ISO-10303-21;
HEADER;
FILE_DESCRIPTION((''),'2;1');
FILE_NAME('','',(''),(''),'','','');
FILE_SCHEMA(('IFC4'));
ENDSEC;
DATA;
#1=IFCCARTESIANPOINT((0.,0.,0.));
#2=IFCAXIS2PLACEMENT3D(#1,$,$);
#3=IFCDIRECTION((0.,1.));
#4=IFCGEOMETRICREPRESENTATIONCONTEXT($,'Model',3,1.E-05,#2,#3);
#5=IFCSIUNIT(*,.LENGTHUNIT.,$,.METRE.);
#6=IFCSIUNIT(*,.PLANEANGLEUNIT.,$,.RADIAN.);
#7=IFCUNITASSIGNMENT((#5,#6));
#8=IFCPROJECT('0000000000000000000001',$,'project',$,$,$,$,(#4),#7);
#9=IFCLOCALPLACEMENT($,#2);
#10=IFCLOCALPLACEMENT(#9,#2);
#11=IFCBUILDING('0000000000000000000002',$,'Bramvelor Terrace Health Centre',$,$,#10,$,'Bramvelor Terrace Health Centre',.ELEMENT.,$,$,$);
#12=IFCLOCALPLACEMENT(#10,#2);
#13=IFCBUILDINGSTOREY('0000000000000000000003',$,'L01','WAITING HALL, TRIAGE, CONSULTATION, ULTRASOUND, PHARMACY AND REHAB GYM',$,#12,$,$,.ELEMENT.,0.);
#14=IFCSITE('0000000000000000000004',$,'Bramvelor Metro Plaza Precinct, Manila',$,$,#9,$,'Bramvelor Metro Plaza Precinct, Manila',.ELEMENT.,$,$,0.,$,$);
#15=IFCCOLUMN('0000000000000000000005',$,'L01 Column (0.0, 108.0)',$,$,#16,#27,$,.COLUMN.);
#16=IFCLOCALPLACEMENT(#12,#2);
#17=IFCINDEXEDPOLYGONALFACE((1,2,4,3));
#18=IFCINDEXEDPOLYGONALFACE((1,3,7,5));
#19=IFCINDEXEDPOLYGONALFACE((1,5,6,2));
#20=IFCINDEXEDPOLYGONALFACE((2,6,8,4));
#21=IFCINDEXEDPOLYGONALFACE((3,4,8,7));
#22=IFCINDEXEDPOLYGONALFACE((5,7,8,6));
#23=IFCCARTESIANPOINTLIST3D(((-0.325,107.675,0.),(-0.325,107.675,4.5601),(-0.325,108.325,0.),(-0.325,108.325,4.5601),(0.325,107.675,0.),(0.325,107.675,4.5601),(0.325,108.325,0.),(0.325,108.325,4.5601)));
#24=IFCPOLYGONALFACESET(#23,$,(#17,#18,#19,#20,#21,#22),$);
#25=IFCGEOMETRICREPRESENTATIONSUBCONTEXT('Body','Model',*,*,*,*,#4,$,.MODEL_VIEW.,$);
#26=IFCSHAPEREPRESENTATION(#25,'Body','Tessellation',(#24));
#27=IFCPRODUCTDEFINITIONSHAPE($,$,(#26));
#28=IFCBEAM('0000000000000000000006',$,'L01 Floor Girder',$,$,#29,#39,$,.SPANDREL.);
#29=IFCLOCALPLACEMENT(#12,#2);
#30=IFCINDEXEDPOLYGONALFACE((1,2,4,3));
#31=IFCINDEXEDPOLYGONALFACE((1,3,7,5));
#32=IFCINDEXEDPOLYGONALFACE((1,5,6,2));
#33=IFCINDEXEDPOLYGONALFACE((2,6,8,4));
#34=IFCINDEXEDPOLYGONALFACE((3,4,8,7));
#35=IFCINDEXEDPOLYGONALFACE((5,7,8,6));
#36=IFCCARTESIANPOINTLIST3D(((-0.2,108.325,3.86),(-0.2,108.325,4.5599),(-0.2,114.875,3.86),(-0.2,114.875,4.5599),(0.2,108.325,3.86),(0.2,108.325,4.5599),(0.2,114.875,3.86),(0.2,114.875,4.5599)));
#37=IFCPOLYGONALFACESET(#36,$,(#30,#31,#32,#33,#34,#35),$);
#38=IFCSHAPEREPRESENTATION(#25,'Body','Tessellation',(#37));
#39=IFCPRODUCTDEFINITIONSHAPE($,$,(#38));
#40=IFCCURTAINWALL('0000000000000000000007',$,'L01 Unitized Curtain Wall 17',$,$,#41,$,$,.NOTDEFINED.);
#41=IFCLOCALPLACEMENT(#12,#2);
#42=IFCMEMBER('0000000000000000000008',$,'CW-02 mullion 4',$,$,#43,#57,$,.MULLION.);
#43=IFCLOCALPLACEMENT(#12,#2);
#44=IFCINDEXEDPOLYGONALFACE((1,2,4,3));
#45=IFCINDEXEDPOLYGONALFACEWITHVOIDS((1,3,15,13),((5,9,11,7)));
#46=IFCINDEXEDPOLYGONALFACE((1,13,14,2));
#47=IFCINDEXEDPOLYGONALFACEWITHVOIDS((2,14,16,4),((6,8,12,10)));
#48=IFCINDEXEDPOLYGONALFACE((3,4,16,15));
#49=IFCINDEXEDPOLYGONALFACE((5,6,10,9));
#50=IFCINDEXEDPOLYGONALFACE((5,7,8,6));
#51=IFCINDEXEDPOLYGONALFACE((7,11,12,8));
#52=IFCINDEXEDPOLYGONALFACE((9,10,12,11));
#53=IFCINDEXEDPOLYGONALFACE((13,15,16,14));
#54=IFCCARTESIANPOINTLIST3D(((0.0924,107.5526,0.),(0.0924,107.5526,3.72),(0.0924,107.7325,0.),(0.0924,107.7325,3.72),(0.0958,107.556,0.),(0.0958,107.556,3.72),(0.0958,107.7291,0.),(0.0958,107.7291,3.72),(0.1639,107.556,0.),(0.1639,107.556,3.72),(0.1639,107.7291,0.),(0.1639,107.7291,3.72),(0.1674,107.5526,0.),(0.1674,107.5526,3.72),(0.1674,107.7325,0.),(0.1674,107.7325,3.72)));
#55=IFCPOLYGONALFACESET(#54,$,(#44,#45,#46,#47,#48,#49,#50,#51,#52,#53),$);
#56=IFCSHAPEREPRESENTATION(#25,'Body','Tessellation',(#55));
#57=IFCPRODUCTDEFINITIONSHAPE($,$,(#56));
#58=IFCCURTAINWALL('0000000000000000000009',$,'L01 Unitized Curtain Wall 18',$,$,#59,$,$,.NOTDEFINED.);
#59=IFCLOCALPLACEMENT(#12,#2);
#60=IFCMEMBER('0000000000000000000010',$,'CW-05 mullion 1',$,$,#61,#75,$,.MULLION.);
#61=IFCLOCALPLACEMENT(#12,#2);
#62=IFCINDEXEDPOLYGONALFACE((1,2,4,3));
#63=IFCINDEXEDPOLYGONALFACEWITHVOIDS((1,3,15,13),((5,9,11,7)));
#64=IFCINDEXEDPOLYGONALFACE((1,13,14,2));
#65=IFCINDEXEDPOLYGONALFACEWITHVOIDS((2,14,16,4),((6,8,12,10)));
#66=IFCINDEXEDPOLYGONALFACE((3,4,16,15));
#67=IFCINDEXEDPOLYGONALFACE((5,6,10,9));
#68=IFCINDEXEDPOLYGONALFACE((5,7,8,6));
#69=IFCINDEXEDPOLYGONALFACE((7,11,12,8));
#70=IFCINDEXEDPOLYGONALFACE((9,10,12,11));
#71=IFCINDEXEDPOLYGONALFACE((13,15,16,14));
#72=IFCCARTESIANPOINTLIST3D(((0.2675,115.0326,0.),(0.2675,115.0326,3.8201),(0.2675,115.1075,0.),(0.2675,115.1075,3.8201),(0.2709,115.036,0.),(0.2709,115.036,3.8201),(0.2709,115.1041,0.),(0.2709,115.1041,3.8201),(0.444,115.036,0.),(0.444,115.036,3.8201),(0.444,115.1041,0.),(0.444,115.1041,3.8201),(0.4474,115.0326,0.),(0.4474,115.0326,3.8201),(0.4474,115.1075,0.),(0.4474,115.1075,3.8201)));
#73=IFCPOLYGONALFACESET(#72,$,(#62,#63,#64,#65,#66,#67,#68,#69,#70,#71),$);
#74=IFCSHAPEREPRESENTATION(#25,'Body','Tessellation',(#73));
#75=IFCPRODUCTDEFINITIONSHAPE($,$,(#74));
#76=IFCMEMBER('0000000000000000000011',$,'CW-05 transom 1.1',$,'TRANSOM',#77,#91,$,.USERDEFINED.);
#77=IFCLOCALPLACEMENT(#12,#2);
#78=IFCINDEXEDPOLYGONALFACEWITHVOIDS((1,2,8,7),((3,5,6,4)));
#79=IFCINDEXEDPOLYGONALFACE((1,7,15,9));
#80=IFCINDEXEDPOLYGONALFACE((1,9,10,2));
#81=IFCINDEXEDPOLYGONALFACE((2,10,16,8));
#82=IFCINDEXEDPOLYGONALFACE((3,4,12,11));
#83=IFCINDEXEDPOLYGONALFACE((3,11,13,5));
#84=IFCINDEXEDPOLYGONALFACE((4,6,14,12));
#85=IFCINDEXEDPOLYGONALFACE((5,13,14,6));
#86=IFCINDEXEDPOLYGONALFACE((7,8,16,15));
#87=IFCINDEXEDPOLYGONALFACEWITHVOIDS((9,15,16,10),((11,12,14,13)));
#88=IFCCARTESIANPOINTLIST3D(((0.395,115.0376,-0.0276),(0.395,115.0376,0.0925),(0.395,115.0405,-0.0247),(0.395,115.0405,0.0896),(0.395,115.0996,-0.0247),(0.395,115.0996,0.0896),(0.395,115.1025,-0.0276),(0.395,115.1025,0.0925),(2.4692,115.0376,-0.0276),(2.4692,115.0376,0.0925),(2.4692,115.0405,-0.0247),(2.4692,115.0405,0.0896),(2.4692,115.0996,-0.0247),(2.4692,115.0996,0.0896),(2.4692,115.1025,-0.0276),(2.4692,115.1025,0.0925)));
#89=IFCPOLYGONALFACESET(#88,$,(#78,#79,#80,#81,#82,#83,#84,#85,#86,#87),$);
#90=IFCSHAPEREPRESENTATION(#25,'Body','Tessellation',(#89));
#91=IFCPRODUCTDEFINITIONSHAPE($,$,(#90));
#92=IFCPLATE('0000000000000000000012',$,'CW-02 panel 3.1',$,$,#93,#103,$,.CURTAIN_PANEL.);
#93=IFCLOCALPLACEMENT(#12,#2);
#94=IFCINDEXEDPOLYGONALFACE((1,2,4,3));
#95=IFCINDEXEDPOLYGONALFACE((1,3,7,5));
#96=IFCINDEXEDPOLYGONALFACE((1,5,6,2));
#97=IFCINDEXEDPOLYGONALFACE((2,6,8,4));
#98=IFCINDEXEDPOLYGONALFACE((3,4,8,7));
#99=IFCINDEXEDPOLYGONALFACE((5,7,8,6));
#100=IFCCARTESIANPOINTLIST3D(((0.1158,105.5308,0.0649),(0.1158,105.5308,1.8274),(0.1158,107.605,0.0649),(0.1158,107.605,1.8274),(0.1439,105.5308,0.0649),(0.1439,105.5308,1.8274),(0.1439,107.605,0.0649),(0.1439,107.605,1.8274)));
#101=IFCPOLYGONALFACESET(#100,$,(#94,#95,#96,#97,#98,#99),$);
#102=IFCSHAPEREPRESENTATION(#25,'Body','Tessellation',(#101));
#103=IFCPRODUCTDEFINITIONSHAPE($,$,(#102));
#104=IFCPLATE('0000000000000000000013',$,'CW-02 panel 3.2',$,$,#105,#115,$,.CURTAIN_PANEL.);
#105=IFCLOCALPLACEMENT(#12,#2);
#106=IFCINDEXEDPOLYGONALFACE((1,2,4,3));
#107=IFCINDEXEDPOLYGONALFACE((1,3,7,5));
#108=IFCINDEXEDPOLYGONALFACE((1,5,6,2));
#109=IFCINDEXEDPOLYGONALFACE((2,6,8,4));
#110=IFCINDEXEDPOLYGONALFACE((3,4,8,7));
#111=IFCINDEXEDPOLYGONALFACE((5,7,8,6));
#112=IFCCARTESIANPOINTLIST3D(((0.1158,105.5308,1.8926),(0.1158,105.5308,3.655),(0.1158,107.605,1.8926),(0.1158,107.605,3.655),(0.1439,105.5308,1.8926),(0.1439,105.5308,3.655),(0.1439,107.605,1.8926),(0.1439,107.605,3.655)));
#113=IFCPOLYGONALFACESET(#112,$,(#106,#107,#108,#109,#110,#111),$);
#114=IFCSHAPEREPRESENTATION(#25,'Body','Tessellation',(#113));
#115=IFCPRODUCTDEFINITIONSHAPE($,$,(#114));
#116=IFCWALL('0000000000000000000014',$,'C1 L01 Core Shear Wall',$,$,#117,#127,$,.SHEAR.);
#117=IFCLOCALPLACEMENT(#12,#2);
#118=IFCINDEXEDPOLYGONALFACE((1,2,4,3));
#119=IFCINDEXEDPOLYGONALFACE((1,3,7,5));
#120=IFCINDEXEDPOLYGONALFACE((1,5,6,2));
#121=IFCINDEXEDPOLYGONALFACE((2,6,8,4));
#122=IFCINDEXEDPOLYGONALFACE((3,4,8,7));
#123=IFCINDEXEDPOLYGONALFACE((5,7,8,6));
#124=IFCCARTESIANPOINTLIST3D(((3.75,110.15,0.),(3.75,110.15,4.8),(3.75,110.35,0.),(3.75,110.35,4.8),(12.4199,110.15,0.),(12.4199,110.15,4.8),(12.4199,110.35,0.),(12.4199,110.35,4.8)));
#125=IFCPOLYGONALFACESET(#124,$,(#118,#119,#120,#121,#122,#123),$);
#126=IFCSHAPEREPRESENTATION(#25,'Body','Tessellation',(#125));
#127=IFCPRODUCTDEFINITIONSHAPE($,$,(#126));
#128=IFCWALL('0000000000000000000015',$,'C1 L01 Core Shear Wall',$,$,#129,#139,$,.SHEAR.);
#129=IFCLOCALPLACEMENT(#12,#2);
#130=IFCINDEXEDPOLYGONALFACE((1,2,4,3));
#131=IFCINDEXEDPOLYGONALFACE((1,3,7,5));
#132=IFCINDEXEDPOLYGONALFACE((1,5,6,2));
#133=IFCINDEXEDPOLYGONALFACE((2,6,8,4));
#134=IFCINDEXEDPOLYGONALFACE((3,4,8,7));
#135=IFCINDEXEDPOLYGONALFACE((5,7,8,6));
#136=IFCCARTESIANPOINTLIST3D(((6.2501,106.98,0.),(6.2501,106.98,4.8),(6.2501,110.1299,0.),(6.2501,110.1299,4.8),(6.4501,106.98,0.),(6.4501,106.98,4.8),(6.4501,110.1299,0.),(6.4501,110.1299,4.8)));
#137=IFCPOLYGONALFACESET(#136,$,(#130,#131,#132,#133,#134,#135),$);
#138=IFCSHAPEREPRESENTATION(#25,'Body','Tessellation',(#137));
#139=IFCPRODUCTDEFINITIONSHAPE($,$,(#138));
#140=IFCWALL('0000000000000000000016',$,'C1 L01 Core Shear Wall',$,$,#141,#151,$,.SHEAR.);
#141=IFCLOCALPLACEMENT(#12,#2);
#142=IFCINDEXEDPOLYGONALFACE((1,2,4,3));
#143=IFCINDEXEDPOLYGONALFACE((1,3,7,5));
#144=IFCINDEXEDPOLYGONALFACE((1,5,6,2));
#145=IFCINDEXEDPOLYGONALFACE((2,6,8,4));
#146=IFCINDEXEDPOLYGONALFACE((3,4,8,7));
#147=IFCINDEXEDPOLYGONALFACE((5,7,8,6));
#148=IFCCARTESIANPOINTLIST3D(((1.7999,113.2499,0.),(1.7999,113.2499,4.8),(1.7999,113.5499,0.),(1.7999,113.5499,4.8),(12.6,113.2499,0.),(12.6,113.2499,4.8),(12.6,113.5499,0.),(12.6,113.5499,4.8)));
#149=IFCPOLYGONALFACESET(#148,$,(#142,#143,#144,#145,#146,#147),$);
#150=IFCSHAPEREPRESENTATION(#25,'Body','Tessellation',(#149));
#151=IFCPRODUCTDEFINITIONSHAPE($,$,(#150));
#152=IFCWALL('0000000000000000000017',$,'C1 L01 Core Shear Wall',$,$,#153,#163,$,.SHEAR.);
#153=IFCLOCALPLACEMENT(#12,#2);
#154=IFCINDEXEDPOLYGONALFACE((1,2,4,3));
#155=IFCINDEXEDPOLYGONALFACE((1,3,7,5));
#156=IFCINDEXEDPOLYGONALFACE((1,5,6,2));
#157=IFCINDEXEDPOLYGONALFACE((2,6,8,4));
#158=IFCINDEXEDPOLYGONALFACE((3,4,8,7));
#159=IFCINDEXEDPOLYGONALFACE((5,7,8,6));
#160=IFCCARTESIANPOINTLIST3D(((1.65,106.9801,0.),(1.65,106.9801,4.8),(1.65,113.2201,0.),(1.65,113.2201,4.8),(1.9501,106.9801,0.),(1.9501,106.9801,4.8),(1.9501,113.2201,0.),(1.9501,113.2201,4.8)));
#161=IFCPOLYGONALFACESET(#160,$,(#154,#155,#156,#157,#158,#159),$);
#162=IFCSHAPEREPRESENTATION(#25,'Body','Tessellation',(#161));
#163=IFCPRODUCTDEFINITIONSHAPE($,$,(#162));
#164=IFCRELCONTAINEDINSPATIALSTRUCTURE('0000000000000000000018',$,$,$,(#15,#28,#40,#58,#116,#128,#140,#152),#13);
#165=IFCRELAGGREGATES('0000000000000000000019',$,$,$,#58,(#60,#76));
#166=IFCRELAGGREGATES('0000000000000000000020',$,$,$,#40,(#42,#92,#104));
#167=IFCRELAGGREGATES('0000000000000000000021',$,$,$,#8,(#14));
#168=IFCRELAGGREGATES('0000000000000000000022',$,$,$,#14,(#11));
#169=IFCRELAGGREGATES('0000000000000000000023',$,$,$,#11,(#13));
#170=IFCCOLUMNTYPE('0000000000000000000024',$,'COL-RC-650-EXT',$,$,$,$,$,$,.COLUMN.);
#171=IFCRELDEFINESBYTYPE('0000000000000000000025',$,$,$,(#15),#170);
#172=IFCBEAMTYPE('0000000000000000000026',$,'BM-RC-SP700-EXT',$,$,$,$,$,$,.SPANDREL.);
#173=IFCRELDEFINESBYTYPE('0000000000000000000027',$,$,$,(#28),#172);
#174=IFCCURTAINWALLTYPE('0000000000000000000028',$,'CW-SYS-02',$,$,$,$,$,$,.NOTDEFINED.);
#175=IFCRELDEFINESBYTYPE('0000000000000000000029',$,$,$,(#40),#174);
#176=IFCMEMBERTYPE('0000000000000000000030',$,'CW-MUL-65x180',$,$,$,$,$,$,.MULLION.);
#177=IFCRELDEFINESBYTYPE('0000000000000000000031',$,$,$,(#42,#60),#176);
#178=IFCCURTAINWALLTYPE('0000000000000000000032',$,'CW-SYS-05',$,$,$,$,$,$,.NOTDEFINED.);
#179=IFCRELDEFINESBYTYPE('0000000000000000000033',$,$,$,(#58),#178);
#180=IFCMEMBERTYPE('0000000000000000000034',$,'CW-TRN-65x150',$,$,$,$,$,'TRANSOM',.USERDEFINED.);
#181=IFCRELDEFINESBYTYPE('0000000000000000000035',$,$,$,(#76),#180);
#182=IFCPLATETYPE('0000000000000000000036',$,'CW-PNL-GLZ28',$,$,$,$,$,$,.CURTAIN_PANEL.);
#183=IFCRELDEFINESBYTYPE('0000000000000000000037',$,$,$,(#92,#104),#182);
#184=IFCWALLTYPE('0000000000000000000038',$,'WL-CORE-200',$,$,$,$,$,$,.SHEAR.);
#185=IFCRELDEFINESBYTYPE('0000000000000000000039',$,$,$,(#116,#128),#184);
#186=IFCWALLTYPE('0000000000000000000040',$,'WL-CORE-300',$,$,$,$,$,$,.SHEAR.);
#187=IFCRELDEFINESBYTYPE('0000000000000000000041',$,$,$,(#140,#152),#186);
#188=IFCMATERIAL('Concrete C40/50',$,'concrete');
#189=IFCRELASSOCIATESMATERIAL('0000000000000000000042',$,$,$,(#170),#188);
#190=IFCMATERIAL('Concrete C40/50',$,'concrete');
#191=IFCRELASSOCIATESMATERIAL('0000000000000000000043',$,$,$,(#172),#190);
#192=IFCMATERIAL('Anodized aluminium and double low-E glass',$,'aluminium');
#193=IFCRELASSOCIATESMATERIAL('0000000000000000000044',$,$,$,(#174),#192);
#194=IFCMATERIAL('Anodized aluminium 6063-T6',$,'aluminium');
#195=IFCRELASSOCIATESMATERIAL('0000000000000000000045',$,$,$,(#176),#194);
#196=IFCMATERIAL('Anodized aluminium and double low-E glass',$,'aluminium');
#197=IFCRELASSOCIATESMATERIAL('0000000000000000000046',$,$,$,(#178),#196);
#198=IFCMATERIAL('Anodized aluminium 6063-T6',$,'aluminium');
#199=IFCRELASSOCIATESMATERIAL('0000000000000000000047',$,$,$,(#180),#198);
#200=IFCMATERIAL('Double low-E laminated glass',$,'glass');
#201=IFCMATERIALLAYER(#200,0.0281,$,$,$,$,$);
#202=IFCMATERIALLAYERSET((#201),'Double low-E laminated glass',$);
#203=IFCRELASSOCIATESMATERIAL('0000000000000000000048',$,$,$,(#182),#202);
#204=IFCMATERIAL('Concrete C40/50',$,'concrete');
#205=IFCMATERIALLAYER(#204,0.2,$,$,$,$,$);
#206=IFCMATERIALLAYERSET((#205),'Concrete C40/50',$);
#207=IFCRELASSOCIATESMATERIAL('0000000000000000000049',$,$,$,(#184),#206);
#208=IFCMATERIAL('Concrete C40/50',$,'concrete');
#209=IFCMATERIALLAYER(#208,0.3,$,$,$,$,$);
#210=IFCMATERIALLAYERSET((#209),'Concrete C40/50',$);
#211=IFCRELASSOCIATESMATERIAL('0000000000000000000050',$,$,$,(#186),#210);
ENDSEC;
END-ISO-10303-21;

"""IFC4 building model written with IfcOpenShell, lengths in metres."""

from ifc_helpers import new_model, si_unit, direction, frame, frame_2d, origin, origin_2d, place, context, subcontext, project, spatial, rectangle, hollow_rectangle, extrude, material, layer, layer_set, material_profile, profile_set, type_object, element, aggregate, save


model = new_model("IFC4")

# Units and contexts
model_context = context("Model", 3, precision=1e-05, world=origin(), true_north=direction((0.0, 1.0)))
body_context = subcontext(model_context, "Body", "Model", "MODEL_VIEW")
ifc_project = project(units=[si_unit("LENGTHUNIT", "METRE"), si_unit("PLANEANGLEUNIT", "RADIAN")], contexts=[model_context])

# Site, building, storey
site_placement = place(None, origin())
site = spatial("IfcSite", under=ifc_project, at=site_placement, Name="Bramvelor Metro Plaza Precinct, Manila", LongName="Bramvelor Metro Plaza Precinct, Manila", CompositionType="ELEMENT", RefElevation=0.0)
building_placement = place(site_placement, origin())
building = spatial("IfcBuilding", under=site, at=building_placement, Name="Bramvelor Terrace Health Centre", LongName="Bramvelor Terrace Health Centre", CompositionType="ELEMENT")
storey_placement = place(building_placement, origin())
storey = spatial("IfcBuildingStorey", under=building, at=storey_placement, Name="L01", Description="WAITING HALL, TRIAGE, CONSULTATION, ULTRASOUND, PHARMACY AND REHAB GYM", CompositionType="ELEMENT", Elevation=0.0)

# Column
ifc_material_1 = material(Name="Concrete C40/50", Category="concrete")
ifc_material_profile_1 = material_profile(ifc_material_1, rectangle(XDim=0.6499, YDim=0.6499, at=origin_2d()), Name="RC 650x650")
ifc_profile_set_1 = profile_set([ifc_material_profile_1], Name="Concrete C40/50")
column_type = type_object("IfcColumnType", Name="COL-RC-650-EXT", PredefinedType="COLUMN", material=ifc_profile_set_1)
column_placement = place(storey_placement, frame((0.0, 108.0, 0.0), z_axis=(0.0, 0.0, 1.0), x_axis=(1.0, 0.0, 0.0)))
element("IfcColumn", 1, at=column_placement, inside=storey, type_object=column_type, Name="L01 Column (0.0, 108.0)", PredefinedType="COLUMN", context=body_context, shape_type="SweptSolid", body=[
    extrude(rectangle(XDim=0.6499, YDim=0.6499, at=origin_2d()), origin(), (0.0, 0.0, 1.0), 4.5601),
])

# Beam
ifc_material_2 = material(Name="Concrete C40/50", Category="concrete")
ifc_material_profile_2 = material_profile(ifc_material_2, rectangle(XDim=0.3999, YDim=0.7, at=origin_2d()), Name="RC 400x700")
ifc_profile_set_2 = profile_set([ifc_material_profile_2], Name="Concrete C40/50")
beam_type = type_object("IfcBeamType", Name="BM-RC-SP700-EXT", PredefinedType="SPANDREL", material=ifc_profile_set_2)
beam_placement = place(storey_placement, frame((0.0, 108.325, 4.21), z_axis=(0.0, 1.0, 0.0), x_axis=(-1.0, 0.0, 0.0)))
element("IfcBeam", 2, at=beam_placement, inside=storey, type_object=beam_type, Name="L01 Floor Girder", PredefinedType="SPANDREL", context=body_context, shape_type="SweptSolid", body=[
    extrude(rectangle(XDim=0.3999, YDim=0.7, at=origin_2d()), origin(), (0.0, 0.0, 1.0), 6.55),
])

# Curtain wall, member
ifc_material_3 = material(Name="Anodized aluminium and double low-E glass", Category="aluminium")
curtain_wall_type_1 = type_object("IfcCurtainWallType", Name="CW-SYS-02", PredefinedType="NOTDEFINED", material=ifc_material_3)
curtain_wall_1_placement = place(storey_placement, origin())
curtain_wall_1 = element("IfcCurtainWall", 3, at=curtain_wall_1_placement, inside=storey, type_object=curtain_wall_type_1, Name="L01 Unitized Curtain Wall 17", PredefinedType="NOTDEFINED")
ifc_material_4 = material(Name="Anodized aluminium 6063-T6", Category="aluminium")
ifc_material_profile_3 = material_profile(ifc_material_4, hollow_rectangle(XDim=0.075, YDim=0.1799, WallThickness=0.0034, at=origin_2d()), Name="ALU-MUL 75x180x3.5")
ifc_profile_set_3 = profile_set([ifc_material_profile_3], Name="Anodized aluminium 6063-T6")
member_type_1 = type_object("IfcMemberType", Name="CW-MUL-65x180", PredefinedType="MULLION", material=ifc_profile_set_3)
member_1_placement = place(storey_placement, frame((0.1299, 107.6426, 0.0), z_axis=(0.0, 0.0, 1.0), x_axis=(-1.0, 0.0, 0.0)))
member_1 = element("IfcMember", 4, at=member_1_placement, type_object=member_type_1, Name="CW-02 mullion 4", PredefinedType="MULLION", context=body_context, shape_type="SweptSolid", body=[
    extrude(hollow_rectangle(XDim=0.075, YDim=0.1799, WallThickness=0.0034, at=origin_2d()), origin(), (0.0, 0.0, 1.0), 3.72),
])

# Curtain wall, members
ifc_material_5 = material(Name="Anodized aluminium and double low-E glass", Category="aluminium")
curtain_wall_type_2 = type_object("IfcCurtainWallType", Name="CW-SYS-05", PredefinedType="NOTDEFINED", material=ifc_material_5)
curtain_wall_2_placement = place(storey_placement, origin())
curtain_wall_2 = element("IfcCurtainWall", 5, at=curtain_wall_2_placement, inside=storey, type_object=curtain_wall_type_2, Name="L01 Unitized Curtain Wall 18", PredefinedType="NOTDEFINED")
member_2_placement = place(storey_placement, frame((0.3574, 115.0701, 0.0), z_axis=(0.0, 0.0, 1.0), x_axis=(0.0, 1.0, 0.0)))
member_2 = element("IfcMember", 6, at=member_2_placement, type_object=member_type_1, Name="CW-05 mullion 1", PredefinedType="MULLION", context=body_context, shape_type="SweptSolid", body=[
    extrude(hollow_rectangle(XDim=0.075, YDim=0.1799, WallThickness=0.0034, at=origin_2d()), origin(), (0.0, 0.0, 1.0), 3.8201),
])
ifc_material_6 = material(Name="Anodized aluminium 6063-T6", Category="aluminium")
ifc_material_profile_4 = material_profile(ifc_material_6, hollow_rectangle(XDim=0.0649, YDim=0.1201, WallThickness=0.0029, at=origin_2d()), Name="ALU-TRN 65x120x3.0")
ifc_profile_set_4 = profile_set([ifc_material_profile_4], Name="Anodized aluminium 6063-T6")
member_type_2 = type_object("IfcMemberType", Name="CW-TRN-65x150", ElementType="TRANSOM", PredefinedType="USERDEFINED", material=ifc_profile_set_4)
member_3_placement = place(storey_placement, frame((0.395, 115.0701, 0.0325), z_axis=(1.0, 0.0, 0.0), x_axis=(0.0, 1.0, 0.0)))
member_3 = element("IfcMember", 7, at=member_3_placement, type_object=member_type_2, Name="CW-05 transom 1.1", ObjectType="TRANSOM", PredefinedType="USERDEFINED", context=body_context, shape_type="SweptSolid", body=[
    extrude(hollow_rectangle(XDim=0.0649, YDim=0.1201, WallThickness=0.0029, at=origin_2d()), origin(), (0.0, 0.0, 1.0), 2.0742),
])
aggregate(curtain_wall_2, [member_2, member_3])

# Plates
ifc_material_7 = material(Name="Double low-E laminated glass", Category="glass")
ifc_layer_1 = layer(ifc_material_7, 0.0281)
ifc_layer_set_1 = layer_set([ifc_layer_1], Name="Double low-E laminated glass")
plate_type = type_object("IfcPlateType", Name="CW-PNL-GLZ28", PredefinedType="CURTAIN_PANEL", material=ifc_layer_set_1)
plate_1_placement = place(storey_placement, frame((0.1299, 106.5679, 0.0649), z_axis=(0.0, 0.0, 1.0), x_axis=(0.0, 1.0, 0.0)))
plate_1 = element("IfcPlate", 8, at=plate_1_placement, type_object=plate_type, Name="CW-02 panel 3.1", PredefinedType="CURTAIN_PANEL", context=body_context, shape_type="SweptSolid", body=[
    extrude(rectangle(XDim=2.0742, YDim=0.0281, at=origin_2d()), origin(), (0.0, 0.0, 1.0), 1.7625),
])
plate_2_placement = place(storey_placement, frame((0.1299, 106.5679, 1.8926), z_axis=(0.0, 0.0, 1.0), x_axis=(0.0, 1.0, 0.0)))
plate_2 = element("IfcPlate", 9, at=plate_2_placement, type_object=plate_type, Name="CW-02 panel 3.2", PredefinedType="CURTAIN_PANEL", context=body_context, shape_type="SweptSolid", body=[
    extrude(rectangle(XDim=2.0742, YDim=0.0281, at=origin_2d()), origin(), (0.0, 0.0, 1.0), 1.7625),
])
aggregate(curtain_wall_1, [member_1, plate_1, plate_2])

# Walls
ifc_material_8 = material(Name="Concrete C40/50", Category="concrete")
ifc_layer_2 = layer(ifc_material_8, 0.2)
ifc_layer_set_2 = layer_set([ifc_layer_2], Name="Concrete C40/50")
wall_type_1 = type_object("IfcWallType", Name="WL-CORE-200", PredefinedType="SHEAR", material=ifc_layer_set_2)
wall_1_placement = place(storey_placement, frame((3.75, 110.25, 0.0), z_axis=(0.0, 0.0, 1.0), x_axis=(1.0, 0.0, 0.0)))
element("IfcWall", 10, at=wall_1_placement, inside=storey, type_object=wall_type_1, Name="C1 L01 Core Shear Wall", PredefinedType="SHEAR", context=body_context, shape_type="SweptSolid", body=[
    extrude(rectangle(XDim=8.6699, YDim=0.2, at=frame_2d((4.335, 0.0))), origin(), (0.0, 0.0, 1.0), 4.8),
])
wall_2_placement = place(storey_placement, frame((6.3501, 106.98, 0.0), z_axis=(0.0, 0.0, 1.0), x_axis=(0.0, 1.0, 0.0)))
element("IfcWall", 11, at=wall_2_placement, inside=storey, type_object=wall_type_1, Name="C1 L01 Core Shear Wall", PredefinedType="SHEAR", context=body_context, shape_type="SweptSolid", body=[
    extrude(rectangle(XDim=3.1499, YDim=0.2, at=frame_2d((1.575, 0.0))), origin(), (0.0, 0.0, 1.0), 4.8),
])

# Shared definitions
ifc_material_9 = material(Name="Concrete C40/50", Category="concrete")
ifc_layer_3 = layer(ifc_material_9, 0.3)
ifc_layer_set_3 = layer_set([ifc_layer_3], Name="Concrete C40/50")
wall_type_2 = type_object("IfcWallType", Name="WL-CORE-300", PredefinedType="SHEAR", material=ifc_layer_set_3)

# Walls
wall_3_placement = place(storey_placement, frame((1.8, 113.3999, 0.0), z_axis=(0.0, 0.0, 1.0), x_axis=(1.0, 0.0, 0.0)))
element("IfcWall", 12, at=wall_3_placement, inside=storey, type_object=wall_type_2, Name="C1 L01 Core Shear Wall", PredefinedType="SHEAR", context=body_context, shape_type="SweptSolid", body=[
    extrude(rectangle(XDim=10.8, YDim=0.3, at=frame_2d((5.3999, 0.0))), origin(), (0.0, 0.0, 1.0), 4.8),
])
wall_4_placement = place(storey_placement, frame((1.8, 106.98, 0.0), z_axis=(0.0, 0.0, 1.0), x_axis=(0.0, 1.0, 0.0)))
element("IfcWall", 13, at=wall_4_placement, inside=storey, type_object=wall_type_2, Name="C1 L01 Core Shear Wall", PredefinedType="SHEAR", context=body_context, shape_type="SweptSolid", body=[
    extrude(rectangle(XDim=6.24, YDim=0.3, at=frame_2d((3.1201, 0.0))), origin(), (0.0, 0.0, 1.0), 4.8),
])

save(model, "model.ifc")
